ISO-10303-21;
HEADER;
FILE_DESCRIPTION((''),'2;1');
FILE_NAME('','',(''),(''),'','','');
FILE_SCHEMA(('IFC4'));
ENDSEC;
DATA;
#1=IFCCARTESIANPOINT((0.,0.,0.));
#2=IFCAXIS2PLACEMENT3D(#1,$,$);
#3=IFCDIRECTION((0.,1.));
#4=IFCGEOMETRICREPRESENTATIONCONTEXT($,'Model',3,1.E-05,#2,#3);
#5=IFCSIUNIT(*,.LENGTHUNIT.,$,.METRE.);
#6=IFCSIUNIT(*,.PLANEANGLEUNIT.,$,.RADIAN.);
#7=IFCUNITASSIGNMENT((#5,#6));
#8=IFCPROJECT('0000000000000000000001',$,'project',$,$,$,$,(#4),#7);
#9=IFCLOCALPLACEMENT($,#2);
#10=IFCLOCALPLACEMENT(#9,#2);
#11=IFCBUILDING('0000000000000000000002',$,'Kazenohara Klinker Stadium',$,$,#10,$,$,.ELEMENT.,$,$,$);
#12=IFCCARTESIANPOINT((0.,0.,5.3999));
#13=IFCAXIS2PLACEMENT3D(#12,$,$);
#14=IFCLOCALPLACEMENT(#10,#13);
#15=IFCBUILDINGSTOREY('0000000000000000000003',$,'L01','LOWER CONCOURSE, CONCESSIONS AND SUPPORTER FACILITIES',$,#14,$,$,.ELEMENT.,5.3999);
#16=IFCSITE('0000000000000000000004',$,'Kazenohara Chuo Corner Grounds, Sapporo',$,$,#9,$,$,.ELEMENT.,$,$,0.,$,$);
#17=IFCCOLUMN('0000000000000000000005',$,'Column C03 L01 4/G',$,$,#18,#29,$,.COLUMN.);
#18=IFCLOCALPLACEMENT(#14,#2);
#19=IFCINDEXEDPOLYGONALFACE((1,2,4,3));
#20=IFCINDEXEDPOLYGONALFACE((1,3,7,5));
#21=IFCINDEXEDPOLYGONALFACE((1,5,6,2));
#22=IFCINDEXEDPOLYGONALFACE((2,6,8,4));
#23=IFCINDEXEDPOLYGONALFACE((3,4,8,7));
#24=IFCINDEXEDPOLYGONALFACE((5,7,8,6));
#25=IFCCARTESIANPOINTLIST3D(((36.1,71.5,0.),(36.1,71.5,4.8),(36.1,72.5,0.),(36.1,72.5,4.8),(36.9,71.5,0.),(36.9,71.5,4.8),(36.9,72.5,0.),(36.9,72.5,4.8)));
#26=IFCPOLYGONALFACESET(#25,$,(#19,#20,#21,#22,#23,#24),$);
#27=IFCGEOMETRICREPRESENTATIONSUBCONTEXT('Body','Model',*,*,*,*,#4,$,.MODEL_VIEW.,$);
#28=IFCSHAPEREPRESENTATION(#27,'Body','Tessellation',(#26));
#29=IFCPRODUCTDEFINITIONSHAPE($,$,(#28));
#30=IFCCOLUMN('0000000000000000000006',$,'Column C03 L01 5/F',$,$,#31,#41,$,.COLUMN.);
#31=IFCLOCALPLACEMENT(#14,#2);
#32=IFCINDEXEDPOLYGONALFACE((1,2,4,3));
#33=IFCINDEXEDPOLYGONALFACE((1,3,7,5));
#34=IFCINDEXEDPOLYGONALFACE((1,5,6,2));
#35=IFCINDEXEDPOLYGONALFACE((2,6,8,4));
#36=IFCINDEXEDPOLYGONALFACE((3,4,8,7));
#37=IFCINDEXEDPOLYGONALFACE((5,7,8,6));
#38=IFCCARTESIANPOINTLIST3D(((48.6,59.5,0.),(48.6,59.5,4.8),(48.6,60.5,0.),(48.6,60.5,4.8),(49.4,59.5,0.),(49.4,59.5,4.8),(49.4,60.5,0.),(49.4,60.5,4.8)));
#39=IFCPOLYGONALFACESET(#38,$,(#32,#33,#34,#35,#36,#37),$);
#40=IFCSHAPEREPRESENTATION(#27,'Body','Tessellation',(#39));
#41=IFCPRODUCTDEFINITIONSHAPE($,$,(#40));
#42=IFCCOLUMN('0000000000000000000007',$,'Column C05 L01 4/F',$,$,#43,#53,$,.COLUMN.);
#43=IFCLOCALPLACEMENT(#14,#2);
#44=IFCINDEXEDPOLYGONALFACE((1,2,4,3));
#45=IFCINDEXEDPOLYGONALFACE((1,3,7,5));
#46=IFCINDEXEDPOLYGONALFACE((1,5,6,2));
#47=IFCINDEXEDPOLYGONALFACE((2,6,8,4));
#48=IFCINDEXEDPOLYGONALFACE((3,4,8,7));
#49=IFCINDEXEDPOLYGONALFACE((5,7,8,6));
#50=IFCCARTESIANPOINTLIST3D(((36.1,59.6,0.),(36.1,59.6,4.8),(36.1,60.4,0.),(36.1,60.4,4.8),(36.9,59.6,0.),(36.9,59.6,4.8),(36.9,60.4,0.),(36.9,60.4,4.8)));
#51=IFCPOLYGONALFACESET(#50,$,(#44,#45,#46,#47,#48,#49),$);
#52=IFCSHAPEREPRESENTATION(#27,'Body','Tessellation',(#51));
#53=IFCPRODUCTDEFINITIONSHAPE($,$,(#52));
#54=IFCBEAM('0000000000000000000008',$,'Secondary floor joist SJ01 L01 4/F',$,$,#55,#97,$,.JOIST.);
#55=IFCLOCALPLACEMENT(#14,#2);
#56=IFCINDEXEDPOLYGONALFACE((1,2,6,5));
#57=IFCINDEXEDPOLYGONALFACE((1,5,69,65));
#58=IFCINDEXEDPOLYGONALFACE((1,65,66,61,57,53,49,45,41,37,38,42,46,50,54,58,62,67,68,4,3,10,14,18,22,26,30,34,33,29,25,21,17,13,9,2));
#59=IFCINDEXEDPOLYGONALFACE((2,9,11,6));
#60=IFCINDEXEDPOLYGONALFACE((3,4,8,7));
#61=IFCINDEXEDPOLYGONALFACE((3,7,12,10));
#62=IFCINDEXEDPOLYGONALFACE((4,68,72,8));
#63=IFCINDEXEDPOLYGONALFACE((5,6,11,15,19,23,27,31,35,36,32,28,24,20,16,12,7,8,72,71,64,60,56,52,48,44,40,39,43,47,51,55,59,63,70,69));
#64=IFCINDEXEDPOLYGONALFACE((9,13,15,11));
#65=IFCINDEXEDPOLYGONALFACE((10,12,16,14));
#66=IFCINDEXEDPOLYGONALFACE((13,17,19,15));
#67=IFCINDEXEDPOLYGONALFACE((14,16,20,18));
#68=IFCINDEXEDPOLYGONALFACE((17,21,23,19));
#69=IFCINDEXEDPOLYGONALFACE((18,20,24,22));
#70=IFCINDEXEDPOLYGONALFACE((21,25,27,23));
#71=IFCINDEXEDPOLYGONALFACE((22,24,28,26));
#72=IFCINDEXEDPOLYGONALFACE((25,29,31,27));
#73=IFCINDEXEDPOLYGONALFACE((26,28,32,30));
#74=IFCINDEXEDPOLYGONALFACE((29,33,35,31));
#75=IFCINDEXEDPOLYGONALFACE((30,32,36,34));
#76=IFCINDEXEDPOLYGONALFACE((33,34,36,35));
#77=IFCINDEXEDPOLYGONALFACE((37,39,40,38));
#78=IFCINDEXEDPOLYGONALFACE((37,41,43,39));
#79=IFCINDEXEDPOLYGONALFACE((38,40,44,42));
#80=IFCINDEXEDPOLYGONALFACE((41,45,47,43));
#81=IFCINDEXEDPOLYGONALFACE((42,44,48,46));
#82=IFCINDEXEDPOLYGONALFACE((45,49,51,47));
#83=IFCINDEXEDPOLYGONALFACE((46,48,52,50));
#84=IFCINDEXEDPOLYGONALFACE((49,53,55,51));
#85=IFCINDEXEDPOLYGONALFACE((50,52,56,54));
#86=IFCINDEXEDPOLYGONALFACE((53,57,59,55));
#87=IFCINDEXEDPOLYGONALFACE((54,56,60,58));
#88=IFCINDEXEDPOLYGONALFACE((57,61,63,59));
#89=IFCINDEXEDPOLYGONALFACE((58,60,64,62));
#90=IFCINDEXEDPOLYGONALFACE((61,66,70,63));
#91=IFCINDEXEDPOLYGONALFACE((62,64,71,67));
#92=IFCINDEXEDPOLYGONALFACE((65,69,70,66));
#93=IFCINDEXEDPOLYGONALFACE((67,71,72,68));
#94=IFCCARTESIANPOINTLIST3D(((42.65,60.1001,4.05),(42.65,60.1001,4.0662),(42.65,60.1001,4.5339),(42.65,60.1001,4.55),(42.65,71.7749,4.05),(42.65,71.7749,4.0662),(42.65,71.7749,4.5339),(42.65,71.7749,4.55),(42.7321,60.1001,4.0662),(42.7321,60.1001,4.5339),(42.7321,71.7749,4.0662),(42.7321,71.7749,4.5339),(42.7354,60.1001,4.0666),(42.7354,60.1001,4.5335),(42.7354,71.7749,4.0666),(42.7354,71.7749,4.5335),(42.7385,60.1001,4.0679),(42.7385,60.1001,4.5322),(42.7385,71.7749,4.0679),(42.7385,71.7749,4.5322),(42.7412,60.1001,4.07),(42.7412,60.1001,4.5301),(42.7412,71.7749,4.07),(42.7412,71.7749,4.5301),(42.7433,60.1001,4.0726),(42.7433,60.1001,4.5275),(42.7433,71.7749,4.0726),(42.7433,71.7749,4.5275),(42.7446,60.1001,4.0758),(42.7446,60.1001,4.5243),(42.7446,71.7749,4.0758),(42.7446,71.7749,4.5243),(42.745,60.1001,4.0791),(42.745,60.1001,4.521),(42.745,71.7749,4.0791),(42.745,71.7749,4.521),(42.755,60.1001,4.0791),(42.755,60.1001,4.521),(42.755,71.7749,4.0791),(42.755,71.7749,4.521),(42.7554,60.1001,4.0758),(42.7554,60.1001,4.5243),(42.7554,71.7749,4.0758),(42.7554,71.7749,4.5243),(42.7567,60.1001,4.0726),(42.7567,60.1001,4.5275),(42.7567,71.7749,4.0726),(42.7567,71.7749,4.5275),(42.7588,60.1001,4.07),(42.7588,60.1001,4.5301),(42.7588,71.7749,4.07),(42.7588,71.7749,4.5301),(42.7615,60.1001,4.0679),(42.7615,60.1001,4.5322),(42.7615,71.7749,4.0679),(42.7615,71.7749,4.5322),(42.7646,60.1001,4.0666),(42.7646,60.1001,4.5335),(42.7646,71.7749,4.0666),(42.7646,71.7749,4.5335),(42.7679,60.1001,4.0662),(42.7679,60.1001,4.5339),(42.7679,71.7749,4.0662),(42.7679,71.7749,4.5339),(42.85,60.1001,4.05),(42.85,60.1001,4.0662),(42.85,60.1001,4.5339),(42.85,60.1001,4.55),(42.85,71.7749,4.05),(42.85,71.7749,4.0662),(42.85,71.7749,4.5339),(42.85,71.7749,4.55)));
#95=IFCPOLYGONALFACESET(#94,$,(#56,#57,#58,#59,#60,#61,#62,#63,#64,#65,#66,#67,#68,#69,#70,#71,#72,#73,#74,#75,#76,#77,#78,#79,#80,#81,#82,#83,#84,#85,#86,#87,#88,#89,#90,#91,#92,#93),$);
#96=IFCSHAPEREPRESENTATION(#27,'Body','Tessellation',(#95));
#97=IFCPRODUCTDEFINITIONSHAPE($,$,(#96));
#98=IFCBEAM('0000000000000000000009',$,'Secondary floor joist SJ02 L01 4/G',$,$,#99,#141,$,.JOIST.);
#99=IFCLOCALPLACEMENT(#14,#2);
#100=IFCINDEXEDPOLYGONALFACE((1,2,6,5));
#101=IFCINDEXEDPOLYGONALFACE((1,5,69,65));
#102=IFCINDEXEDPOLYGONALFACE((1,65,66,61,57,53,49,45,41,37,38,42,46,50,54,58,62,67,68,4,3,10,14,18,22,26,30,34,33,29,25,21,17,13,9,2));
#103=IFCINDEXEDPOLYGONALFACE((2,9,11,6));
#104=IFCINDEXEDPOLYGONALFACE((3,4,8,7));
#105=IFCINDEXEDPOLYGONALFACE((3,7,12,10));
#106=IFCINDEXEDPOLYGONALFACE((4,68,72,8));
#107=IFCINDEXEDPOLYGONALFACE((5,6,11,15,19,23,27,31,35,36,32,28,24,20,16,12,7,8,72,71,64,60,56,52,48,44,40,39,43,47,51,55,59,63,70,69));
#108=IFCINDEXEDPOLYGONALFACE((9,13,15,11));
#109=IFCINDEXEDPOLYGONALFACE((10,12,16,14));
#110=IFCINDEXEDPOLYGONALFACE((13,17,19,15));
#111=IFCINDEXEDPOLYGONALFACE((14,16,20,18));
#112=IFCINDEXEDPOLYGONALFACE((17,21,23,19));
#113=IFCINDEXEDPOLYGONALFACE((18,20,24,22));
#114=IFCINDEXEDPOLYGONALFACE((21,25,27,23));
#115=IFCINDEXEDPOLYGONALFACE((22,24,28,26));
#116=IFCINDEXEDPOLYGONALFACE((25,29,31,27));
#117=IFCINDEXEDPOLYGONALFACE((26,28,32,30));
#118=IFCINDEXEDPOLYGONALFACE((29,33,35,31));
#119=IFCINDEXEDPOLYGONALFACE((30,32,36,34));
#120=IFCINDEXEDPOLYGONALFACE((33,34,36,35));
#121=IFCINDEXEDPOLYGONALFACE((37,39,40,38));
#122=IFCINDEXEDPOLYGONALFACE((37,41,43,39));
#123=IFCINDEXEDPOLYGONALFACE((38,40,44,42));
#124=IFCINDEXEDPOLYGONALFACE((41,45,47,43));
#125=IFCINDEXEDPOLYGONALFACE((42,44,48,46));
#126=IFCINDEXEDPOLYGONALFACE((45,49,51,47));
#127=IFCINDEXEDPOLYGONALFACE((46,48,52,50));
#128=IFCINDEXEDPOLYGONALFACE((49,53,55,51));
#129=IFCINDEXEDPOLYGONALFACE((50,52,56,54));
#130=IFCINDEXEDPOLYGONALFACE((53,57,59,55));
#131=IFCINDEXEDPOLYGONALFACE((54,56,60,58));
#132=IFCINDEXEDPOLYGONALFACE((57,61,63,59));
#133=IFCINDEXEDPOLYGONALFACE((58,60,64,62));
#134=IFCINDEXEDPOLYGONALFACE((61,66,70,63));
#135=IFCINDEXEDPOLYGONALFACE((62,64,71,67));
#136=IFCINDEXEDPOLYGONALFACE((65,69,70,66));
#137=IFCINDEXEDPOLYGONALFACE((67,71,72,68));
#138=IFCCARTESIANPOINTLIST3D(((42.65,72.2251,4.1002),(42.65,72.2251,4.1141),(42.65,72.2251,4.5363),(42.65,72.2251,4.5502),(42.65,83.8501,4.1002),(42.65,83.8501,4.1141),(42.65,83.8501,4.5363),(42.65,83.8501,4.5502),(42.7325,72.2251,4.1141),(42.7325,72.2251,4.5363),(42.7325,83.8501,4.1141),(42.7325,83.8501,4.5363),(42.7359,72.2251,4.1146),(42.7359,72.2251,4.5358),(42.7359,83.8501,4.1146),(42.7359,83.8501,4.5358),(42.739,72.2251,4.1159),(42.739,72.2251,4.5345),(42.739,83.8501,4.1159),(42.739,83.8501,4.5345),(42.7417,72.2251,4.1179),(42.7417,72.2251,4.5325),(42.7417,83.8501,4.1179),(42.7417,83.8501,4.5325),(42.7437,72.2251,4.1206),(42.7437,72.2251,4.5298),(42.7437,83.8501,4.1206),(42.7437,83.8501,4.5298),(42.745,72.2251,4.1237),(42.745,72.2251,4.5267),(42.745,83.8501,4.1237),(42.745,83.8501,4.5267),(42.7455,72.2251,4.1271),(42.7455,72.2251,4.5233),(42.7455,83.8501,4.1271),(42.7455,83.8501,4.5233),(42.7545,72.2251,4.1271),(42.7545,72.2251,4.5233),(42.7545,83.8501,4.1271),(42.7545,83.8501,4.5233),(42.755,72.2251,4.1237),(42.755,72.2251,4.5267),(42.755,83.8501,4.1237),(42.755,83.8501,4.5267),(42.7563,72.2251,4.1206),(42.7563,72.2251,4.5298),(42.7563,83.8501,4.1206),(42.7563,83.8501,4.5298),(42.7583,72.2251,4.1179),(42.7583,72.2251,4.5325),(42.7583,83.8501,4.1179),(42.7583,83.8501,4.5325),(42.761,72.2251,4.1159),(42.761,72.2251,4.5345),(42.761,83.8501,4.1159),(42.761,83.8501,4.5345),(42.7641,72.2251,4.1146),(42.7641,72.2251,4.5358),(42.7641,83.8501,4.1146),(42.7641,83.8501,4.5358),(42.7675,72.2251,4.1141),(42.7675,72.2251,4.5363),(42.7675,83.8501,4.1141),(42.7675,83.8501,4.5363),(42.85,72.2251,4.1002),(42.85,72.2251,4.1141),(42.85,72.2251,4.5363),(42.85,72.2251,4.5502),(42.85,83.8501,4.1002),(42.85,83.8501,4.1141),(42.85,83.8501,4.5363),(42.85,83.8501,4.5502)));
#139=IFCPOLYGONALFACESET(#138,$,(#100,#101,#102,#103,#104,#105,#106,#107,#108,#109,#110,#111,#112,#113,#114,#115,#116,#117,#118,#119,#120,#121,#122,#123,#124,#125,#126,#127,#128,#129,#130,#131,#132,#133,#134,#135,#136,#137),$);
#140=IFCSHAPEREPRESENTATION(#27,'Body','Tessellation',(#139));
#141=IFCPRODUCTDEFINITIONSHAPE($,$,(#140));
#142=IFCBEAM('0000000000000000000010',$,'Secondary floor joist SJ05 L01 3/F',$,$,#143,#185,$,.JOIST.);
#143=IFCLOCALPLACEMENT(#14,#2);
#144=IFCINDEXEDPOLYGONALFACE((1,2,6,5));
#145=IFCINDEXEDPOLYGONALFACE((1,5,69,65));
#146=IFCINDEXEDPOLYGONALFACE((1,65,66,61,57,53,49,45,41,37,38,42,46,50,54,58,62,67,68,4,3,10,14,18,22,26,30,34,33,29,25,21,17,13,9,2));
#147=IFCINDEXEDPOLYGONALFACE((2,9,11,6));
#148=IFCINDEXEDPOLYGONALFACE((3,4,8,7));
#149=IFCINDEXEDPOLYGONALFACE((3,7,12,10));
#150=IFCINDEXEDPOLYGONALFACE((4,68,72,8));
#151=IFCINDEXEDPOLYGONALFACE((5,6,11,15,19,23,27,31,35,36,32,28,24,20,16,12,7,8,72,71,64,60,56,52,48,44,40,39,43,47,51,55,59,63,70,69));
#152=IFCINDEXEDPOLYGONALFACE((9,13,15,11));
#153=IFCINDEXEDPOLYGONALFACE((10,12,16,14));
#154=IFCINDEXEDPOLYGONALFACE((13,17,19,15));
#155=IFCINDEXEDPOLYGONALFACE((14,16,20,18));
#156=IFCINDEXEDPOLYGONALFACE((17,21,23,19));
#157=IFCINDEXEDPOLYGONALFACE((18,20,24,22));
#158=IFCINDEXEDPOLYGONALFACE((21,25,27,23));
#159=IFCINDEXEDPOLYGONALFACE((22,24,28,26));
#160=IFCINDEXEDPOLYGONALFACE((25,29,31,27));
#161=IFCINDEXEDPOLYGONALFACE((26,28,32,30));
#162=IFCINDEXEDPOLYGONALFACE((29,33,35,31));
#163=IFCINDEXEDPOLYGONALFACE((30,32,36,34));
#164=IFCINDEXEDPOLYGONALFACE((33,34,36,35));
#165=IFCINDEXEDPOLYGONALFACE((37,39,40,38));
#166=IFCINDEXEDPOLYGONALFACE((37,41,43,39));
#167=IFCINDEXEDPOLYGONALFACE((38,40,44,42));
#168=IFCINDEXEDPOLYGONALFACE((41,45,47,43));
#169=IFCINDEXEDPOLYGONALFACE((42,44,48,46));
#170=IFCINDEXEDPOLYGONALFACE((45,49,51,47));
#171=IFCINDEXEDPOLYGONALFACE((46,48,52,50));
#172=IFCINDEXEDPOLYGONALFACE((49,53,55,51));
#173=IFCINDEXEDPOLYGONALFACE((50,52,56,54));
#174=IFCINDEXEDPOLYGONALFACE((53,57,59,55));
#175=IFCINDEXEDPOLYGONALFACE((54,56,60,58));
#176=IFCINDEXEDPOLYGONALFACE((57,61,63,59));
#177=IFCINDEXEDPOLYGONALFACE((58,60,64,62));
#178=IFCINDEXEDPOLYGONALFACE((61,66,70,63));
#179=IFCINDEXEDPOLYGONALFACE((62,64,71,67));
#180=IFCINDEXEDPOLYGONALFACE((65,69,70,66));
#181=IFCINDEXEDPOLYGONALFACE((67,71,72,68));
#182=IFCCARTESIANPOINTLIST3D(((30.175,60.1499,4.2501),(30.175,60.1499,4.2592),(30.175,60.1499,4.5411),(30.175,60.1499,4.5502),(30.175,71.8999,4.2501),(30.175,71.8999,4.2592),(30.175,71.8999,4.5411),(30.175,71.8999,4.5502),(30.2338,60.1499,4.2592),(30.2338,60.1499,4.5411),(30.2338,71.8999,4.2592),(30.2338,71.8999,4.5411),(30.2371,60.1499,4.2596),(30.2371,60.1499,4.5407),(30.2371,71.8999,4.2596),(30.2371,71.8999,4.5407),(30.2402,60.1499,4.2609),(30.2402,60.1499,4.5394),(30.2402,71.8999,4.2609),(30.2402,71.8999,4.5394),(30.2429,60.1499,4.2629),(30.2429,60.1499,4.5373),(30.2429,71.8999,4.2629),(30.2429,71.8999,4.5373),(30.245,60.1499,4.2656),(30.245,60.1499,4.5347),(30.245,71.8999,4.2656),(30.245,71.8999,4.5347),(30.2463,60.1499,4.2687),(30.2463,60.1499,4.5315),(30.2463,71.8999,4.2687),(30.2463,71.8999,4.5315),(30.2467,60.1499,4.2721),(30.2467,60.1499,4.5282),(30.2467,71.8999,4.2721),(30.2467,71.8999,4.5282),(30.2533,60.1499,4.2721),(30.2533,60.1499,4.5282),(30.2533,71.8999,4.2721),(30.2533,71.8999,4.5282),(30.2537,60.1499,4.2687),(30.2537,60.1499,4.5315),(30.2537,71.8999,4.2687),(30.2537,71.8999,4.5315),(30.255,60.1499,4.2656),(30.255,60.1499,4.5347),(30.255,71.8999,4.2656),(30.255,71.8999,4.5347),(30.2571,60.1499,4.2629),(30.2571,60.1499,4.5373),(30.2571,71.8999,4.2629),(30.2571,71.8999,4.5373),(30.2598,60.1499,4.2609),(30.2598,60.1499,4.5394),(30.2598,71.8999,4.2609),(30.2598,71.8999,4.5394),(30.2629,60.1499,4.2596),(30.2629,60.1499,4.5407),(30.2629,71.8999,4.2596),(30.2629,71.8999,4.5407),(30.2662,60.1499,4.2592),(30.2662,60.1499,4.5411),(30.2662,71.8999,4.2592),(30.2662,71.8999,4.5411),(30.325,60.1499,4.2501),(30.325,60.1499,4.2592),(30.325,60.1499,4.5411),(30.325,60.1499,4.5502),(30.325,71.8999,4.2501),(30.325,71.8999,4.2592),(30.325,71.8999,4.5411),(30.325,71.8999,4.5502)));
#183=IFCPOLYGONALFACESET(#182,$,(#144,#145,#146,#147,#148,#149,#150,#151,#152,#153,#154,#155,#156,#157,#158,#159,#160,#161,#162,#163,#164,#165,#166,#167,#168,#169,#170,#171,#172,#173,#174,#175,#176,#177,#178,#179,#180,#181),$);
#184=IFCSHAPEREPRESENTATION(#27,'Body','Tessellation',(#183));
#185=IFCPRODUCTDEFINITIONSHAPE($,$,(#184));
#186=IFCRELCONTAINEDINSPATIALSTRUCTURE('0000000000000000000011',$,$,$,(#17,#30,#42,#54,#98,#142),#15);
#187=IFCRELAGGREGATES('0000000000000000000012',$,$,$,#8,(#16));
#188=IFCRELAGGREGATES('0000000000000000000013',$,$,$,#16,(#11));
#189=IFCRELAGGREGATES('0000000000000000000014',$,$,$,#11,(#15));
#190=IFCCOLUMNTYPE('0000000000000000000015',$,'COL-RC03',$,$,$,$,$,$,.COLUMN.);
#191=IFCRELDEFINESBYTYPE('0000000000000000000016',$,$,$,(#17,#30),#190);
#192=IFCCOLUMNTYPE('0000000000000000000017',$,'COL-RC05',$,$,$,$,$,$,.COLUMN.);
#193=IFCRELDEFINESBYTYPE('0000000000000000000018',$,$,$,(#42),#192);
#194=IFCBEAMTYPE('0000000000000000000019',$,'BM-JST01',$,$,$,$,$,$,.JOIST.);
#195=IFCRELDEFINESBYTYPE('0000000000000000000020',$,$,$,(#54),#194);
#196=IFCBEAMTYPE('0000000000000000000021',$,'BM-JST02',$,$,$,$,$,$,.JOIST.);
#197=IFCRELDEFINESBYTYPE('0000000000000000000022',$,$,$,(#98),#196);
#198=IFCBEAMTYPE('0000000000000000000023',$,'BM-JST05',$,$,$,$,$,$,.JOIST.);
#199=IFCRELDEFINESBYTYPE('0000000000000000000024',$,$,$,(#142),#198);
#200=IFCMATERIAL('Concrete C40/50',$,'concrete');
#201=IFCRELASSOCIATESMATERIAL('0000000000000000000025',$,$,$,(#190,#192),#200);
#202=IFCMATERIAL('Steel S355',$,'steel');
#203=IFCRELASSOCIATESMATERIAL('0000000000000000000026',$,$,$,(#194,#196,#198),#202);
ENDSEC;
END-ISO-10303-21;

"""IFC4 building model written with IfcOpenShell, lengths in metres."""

from ifc_helpers import new_model, si_unit, direction, frame, origin, origin_2d, place, context, subcontext, project, spatial, rectangle, i_section, extrude, material, material_profile, profile_set, type_object, element, save


model = new_model("IFC4")

# Units and contexts
model_context = context("Model", 3, precision=1e-05, world=origin(), true_north=direction((0.0, 1.0)))
body_context = subcontext(model_context, "Body", "Model", "MODEL_VIEW")
ifc_project = project(units=[si_unit("LENGTHUNIT", "METRE"), si_unit("PLANEANGLEUNIT", "RADIAN")], contexts=[model_context])

# Site, building, storey
site_placement = place(None, origin())
site = spatial("IfcSite", under=ifc_project, at=site_placement, Name="Kazenohara Chuo Corner Grounds, Sapporo", CompositionType="ELEMENT", RefElevation=0.0)
building_placement = place(site_placement, origin())
building = spatial("IfcBuilding", under=site, at=building_placement, Name="Kazenohara Klinker Stadium", CompositionType="ELEMENT")
storey_placement = place(building_placement, frame((0.0, 0.0, 5.3999)))
storey = spatial("IfcBuildingStorey", under=building, at=storey_placement, Name="L01", Description="LOWER CONCOURSE, CONCESSIONS AND SUPPORTER FACILITIES", CompositionType="ELEMENT", Elevation=5.3999)

# Columns
ifc_material_1 = material(Name="Concrete C40/50", Category="concrete")
ifc_material_profile_1 = material_profile(ifc_material_1, rectangle(XDim=0.8, YDim=1.0, at=origin_2d()), Name="RC-COL-1000x800")
ifc_profile_set_1 = profile_set([ifc_material_profile_1], Name="Concrete C40/50")
column_type_1 = type_object("IfcColumnType", Name="COL-RC03", PredefinedType="COLUMN", material=ifc_profile_set_1)
for number, where, z_axis, x_axis, name in (
    (1, (36.5, 72.0, 0.0), (0.0, 0.0, 1.0), (1.0, 0.0, 0.0), "Column C03 L01 4/G"),
    (2, (49.0, 60.0, 0.0), (0.0, 0.0, 1.0), (1.0, 0.0, 0.0), "Column C03 L01 5/F"),
):
    element("IfcColumn", number, at=place(storey_placement, frame(where, z_axis=z_axis, x_axis=x_axis)), inside=storey, type_object=column_type_1, Name=name, PredefinedType="COLUMN", context=body_context, shape_type="SweptSolid", body=[
        extrude(rectangle(XDim=0.8, YDim=1.0, at=origin_2d()), origin(), (0.0, 0.0, 1.0), 4.8),
    ])
ifc_material_profile_2 = material_profile(ifc_material_1, rectangle(XDim=0.8, YDim=0.8, at=origin_2d()), Name="RC-COL-800x800")
ifc_profile_set_2 = profile_set([ifc_material_profile_2], Name="Concrete C40/50")
column_type_2 = type_object("IfcColumnType", Name="COL-RC05", PredefinedType="COLUMN", material=ifc_profile_set_2)
column_placement = place(storey_placement, frame((36.5, 60.0, 0.0), z_axis=(0.0, 0.0, 1.0), x_axis=(1.0, 0.0, 0.0)))
element("IfcColumn", 3, at=column_placement, inside=storey, type_object=column_type_2, Name="Column C05 L01 4/F", PredefinedType="COLUMN", context=body_context, shape_type="SweptSolid", body=[
    extrude(rectangle(XDim=0.8, YDim=0.8, at=origin_2d()), origin(), (0.0, 0.0, 1.0), 4.8),
])

# Beams
ifc_material_2 = material(Name="Steel S355", Category="steel")
ifc_material_profile_3 = material_profile(ifc_material_2, i_section(OverallWidth=0.2, OverallDepth=0.5, WebThickness=0.01, FlangeThickness=0.0161, FilletRadius=0.0129, at=origin_2d()), Name="H-500x200x10x16")
ifc_profile_set_3 = profile_set([ifc_material_profile_3], Name="Steel S355")
beam_type_1 = type_object("IfcBeamType", Name="BM-JST01", PredefinedType="JOIST", material=ifc_profile_set_3)
beam_1_placement = place(storey_placement, frame((42.75, 60.1001, 4.3), z_axis=(0.0, 1.0, 0.0), x_axis=(-1.0, 0.0, 0.0)))
element("IfcBeam", 4, at=beam_1_placement, inside=storey, type_object=beam_type_1, Name="Secondary floor joist SJ01 L01 4/F", PredefinedType="JOIST", context=body_context, shape_type="SweptSolid", body=[
    extrude(i_section(OverallWidth=0.2, OverallDepth=0.5, WebThickness=0.01, FlangeThickness=0.0161, FilletRadius=0.0129, at=origin_2d()), origin(), (0.0, 0.0, 1.0), 11.6748),
])
ifc_material_profile_4 = material_profile(ifc_material_2, i_section(OverallWidth=0.2, OverallDepth=0.45, WebThickness=0.009, FlangeThickness=0.0139, FilletRadius=0.0129, at=origin_2d()), Name="H-450x200x9x14")
ifc_profile_set_4 = profile_set([ifc_material_profile_4], Name="Steel S355")
beam_type_2 = type_object("IfcBeamType", Name="BM-JST02", PredefinedType="JOIST", material=ifc_profile_set_4)
beam_2_placement = place(storey_placement, frame((42.75, 72.2251, 4.3252), z_axis=(0.0, 1.0, 0.0), x_axis=(-1.0, 0.0, 0.0)))
element("IfcBeam", 5, at=beam_2_placement, inside=storey, type_object=beam_type_2, Name="Secondary floor joist SJ02 L01 4/G", PredefinedType="JOIST", context=body_context, shape_type="SweptSolid", body=[
    extrude(i_section(OverallWidth=0.2, OverallDepth=0.45, WebThickness=0.009, FlangeThickness=0.0139, FilletRadius=0.0129, at=origin_2d()), origin(), (0.0, 0.0, 1.0), 11.625),
])
ifc_material_profile_5 = material_profile(ifc_material_2, i_section(OverallWidth=0.1499, OverallDepth=0.3, WebThickness=0.0066, FlangeThickness=0.009, FilletRadius=0.0129, at=origin_2d()), Name="H-300x150x6.5x9")
ifc_profile_set_5 = profile_set([ifc_material_profile_5], Name="Steel S355")
beam_type_3 = type_object("IfcBeamType", Name="BM-JST05", PredefinedType="JOIST", material=ifc_profile_set_5)
beam_3_placement = place(storey_placement, frame((30.25, 60.1499, 4.4001), z_axis=(0.0, 1.0, 0.0), x_axis=(-1.0, 0.0, 0.0)))
element("IfcBeam", 6, at=beam_3_placement, inside=storey, type_object=beam_type_3, Name="Secondary floor joist SJ05 L01 3/F", PredefinedType="JOIST", context=body_context, shape_type="SweptSolid", body=[
    extrude(i_section(OverallWidth=0.1499, OverallDepth=0.3, WebThickness=0.0066, FlangeThickness=0.009, FilletRadius=0.0129, at=origin_2d()), origin(), (0.0, 0.0, 1.0), 11.75),
])

save(model, "model.ifc")
